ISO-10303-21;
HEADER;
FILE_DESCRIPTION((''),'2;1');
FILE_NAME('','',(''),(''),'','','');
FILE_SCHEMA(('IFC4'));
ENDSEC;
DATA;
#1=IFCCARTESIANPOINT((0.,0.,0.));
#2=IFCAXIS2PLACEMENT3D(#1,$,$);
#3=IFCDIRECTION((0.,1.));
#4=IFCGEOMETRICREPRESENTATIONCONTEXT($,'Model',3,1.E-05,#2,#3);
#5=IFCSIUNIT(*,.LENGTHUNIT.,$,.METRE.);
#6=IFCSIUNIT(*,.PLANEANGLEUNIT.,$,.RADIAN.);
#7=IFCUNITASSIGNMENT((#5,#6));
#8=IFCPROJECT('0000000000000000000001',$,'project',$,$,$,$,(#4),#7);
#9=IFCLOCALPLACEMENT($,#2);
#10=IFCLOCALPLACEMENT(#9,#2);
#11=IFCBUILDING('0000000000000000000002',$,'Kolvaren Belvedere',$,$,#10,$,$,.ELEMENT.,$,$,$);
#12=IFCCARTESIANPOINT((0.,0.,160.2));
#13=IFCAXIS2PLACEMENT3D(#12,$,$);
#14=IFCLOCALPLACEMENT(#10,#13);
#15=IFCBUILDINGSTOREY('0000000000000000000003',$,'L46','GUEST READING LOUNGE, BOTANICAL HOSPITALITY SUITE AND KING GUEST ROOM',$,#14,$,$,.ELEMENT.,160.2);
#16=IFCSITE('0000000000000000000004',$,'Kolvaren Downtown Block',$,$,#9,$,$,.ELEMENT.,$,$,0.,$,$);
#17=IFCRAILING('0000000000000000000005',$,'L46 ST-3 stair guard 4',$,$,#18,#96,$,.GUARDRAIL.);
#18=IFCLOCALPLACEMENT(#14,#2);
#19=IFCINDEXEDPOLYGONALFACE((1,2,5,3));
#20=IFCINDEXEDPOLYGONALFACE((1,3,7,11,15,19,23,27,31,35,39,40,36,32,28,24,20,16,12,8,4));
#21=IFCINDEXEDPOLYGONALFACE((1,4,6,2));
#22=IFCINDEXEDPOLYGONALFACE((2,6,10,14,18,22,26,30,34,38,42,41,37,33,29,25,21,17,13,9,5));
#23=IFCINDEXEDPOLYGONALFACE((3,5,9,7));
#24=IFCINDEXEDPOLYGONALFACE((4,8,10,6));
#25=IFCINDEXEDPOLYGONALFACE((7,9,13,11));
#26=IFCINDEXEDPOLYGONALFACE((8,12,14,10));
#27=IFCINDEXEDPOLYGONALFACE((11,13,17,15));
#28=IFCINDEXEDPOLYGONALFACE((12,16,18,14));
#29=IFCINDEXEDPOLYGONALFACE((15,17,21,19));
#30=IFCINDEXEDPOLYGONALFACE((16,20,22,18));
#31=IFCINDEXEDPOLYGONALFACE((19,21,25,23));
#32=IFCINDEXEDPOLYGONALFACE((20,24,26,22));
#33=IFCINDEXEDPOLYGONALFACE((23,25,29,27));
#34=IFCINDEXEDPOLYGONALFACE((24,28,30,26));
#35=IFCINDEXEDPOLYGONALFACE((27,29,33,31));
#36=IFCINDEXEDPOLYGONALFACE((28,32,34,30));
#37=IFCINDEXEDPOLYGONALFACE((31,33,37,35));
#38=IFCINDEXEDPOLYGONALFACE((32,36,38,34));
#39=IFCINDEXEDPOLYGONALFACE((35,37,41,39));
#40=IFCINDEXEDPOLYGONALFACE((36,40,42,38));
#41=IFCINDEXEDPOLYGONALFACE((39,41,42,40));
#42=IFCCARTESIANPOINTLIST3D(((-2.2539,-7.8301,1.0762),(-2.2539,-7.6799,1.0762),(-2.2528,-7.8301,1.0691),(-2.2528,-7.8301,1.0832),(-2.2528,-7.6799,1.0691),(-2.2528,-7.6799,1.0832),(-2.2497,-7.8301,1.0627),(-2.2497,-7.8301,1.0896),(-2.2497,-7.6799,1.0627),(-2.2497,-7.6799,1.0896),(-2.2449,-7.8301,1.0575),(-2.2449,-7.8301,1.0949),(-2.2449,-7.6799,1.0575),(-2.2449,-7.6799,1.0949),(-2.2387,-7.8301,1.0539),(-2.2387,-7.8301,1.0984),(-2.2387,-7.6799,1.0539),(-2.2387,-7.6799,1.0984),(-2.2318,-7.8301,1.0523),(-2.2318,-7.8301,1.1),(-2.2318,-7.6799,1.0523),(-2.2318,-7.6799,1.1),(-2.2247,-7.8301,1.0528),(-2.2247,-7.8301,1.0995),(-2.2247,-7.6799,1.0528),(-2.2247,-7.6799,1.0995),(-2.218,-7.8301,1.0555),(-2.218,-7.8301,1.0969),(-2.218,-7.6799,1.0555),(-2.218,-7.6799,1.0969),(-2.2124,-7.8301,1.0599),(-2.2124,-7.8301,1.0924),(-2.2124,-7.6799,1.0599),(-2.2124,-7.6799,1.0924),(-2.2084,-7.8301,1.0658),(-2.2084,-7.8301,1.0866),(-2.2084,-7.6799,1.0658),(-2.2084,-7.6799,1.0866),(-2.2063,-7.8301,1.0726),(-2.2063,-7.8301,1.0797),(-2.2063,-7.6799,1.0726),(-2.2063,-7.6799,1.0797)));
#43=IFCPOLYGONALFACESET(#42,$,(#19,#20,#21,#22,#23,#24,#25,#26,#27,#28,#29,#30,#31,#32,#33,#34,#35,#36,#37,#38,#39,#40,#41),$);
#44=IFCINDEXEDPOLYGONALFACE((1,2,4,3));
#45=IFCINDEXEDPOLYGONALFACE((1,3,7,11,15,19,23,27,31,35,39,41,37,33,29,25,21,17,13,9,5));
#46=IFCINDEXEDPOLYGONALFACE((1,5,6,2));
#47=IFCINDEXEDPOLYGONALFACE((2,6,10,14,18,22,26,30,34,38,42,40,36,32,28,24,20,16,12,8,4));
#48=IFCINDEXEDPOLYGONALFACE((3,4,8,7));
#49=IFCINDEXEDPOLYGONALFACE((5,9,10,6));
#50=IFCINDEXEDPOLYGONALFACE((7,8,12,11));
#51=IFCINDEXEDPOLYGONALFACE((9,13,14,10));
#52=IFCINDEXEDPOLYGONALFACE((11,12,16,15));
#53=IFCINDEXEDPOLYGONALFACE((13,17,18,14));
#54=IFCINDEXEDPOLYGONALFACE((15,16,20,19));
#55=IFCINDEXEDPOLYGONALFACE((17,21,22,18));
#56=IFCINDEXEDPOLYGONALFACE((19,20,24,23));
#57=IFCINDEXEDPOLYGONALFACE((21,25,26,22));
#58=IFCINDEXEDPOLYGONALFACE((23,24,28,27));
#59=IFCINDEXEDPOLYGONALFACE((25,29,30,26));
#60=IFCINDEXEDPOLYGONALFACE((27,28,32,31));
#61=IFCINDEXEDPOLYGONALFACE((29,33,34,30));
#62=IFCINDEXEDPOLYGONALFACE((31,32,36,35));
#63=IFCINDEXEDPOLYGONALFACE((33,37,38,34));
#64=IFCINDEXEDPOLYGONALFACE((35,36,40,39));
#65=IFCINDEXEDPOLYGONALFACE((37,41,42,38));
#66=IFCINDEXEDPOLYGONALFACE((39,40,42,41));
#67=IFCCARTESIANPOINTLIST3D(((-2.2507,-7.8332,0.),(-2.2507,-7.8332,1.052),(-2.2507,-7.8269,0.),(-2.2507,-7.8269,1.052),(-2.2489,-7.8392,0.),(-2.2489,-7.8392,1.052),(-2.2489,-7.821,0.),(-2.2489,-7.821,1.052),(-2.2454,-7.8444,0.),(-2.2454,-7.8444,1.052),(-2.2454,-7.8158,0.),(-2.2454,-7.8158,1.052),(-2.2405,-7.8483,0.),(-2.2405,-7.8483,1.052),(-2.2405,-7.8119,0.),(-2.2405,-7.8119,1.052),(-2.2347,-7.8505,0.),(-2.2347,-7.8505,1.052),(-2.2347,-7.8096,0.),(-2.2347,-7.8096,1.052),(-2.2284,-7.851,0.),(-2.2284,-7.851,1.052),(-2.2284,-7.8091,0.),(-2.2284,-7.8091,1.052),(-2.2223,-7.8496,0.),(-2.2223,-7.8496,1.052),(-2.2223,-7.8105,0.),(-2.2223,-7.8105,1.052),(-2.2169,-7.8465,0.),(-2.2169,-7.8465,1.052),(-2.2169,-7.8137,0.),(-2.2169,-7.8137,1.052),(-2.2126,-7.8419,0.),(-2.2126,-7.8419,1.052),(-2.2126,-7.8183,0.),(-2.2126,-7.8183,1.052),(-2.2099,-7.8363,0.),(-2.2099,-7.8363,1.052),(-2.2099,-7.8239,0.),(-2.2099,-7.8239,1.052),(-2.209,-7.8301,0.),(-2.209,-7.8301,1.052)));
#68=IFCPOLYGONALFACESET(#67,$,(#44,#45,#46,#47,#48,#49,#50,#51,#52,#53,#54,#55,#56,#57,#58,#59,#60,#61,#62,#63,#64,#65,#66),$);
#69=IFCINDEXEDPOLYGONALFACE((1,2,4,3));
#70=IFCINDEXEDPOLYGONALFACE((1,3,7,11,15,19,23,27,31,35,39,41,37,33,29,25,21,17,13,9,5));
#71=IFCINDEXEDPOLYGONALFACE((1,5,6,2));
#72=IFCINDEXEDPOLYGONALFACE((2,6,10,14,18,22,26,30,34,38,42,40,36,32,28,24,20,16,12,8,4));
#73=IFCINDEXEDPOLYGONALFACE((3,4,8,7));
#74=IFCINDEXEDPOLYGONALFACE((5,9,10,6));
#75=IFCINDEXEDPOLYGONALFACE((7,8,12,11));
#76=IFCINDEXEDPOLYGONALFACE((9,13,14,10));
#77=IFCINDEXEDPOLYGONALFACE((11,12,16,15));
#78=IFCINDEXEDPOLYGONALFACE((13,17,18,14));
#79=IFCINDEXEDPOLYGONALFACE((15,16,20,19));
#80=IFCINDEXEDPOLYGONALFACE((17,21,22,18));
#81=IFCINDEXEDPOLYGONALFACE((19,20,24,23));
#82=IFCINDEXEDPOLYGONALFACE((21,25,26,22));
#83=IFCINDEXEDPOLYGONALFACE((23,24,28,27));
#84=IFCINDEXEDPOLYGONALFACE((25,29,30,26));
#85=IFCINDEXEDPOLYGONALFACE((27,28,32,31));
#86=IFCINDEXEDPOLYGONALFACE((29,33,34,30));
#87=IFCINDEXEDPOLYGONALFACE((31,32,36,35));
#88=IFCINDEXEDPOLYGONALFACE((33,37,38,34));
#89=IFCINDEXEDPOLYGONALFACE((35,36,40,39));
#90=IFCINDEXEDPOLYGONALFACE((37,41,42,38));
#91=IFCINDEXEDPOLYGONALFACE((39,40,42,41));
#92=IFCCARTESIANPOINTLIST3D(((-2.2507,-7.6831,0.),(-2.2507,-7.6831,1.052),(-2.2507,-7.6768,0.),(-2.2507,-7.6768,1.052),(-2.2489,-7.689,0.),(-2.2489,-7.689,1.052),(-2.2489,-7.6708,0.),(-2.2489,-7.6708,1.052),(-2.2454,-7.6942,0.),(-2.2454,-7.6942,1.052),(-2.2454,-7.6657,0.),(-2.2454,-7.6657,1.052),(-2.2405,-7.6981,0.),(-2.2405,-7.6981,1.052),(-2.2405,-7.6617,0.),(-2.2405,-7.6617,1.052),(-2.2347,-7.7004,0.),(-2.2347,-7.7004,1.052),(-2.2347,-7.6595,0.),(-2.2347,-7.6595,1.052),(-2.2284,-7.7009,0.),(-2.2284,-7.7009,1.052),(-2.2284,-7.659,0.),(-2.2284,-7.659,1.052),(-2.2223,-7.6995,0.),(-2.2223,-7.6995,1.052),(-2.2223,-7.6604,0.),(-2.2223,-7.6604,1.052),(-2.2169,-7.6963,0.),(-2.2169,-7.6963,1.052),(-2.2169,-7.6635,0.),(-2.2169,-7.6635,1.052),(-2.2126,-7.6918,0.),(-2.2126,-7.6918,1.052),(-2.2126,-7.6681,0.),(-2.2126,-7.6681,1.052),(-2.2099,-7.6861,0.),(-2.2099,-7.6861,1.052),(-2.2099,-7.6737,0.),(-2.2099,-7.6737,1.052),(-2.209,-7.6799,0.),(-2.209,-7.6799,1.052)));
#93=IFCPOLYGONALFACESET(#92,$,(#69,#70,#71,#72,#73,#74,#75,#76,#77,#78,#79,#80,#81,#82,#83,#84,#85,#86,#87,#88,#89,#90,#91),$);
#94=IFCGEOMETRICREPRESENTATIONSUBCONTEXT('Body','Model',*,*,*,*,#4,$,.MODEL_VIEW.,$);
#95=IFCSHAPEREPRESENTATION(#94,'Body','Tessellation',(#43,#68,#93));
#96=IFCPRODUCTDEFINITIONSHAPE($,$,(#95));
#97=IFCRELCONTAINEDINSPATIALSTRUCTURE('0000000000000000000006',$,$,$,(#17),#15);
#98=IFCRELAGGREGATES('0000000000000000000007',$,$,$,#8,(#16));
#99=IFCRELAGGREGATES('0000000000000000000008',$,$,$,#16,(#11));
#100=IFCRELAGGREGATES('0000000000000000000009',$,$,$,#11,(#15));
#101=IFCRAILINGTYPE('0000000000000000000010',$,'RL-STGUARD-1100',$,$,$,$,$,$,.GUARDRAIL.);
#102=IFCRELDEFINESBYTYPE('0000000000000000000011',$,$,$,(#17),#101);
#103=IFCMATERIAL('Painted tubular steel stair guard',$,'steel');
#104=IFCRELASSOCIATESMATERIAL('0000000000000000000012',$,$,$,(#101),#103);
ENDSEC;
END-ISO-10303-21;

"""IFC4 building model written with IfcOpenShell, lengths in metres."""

from ifc_helpers import new_model, si_unit, direction, frame, origin, origin_2d, place, context, subcontext, project, spatial, circle, extrude, material, type_object, element, save


model = new_model("IFC4")

# Units and contexts
model_context = context("Model", 3, precision=1e-05, world=origin(), true_north=direction((0.0, 1.0)))
body_context = subcontext(model_context, "Body", "Model", "MODEL_VIEW")
ifc_project = project(units=[si_unit("LENGTHUNIT", "METRE"), si_unit("PLANEANGLEUNIT", "RADIAN")], contexts=[model_context])

# Site, building, storey
site_placement = place(None, origin())
site = spatial("IfcSite", under=ifc_project, at=site_placement, Name="Kolvaren Downtown Block", CompositionType="ELEMENT", RefElevation=0.0)
building_placement = place(site_placement, origin())
building = spatial("IfcBuilding", under=site, at=building_placement, Name="Kolvaren Belvedere", CompositionType="ELEMENT")
storey_placement = place(building_placement, frame((0.0, 0.0, 160.2)))
storey = spatial("IfcBuildingStorey", under=building, at=storey_placement, Name="L46", Description="GUEST READING LOUNGE, BOTANICAL HOSPITALITY SUITE AND KING GUEST ROOM", CompositionType="ELEMENT", Elevation=160.2)

# Railing
ifc_material_1 = material(Name="Painted tubular steel stair guard", Category="steel")
railing_type_1 = type_object("IfcRailingType", Name="RL-STGUARD-1100", PredefinedType="GUARDRAIL", material=ifc_material_1)
railing_1_placement = place(storey_placement, frame((-2.23, -7.8301, 0.0)))
element("IfcRailing", 1, at=railing_1_placement, inside=storey, type_object=railing_type_1, Name="L46 ST-3 stair guard 4", PredefinedType="GUARDRAIL", context=body_context, shape_type="SweptSolid", body=[
    extrude(circle(Radius=0.0239, at=origin_2d()), frame((0.0, 0.0, 1.0762), z_axis=(0.0, 1.0, 0.0), x_axis=(-1.0, 0.0, 0.0)), (0.0, 0.0, 1.0), 0.1501),
    extrude(circle(Radius=0.021, at=origin_2d()), origin(), (0.0, 0.0, 1.0), 1.052),
    extrude(circle(Radius=0.021, at=origin_2d()), frame((0.0, 0.1501, 0.0)), (0.0, 0.0, 1.0), 1.052),
])

save(model, "model.ifc")
